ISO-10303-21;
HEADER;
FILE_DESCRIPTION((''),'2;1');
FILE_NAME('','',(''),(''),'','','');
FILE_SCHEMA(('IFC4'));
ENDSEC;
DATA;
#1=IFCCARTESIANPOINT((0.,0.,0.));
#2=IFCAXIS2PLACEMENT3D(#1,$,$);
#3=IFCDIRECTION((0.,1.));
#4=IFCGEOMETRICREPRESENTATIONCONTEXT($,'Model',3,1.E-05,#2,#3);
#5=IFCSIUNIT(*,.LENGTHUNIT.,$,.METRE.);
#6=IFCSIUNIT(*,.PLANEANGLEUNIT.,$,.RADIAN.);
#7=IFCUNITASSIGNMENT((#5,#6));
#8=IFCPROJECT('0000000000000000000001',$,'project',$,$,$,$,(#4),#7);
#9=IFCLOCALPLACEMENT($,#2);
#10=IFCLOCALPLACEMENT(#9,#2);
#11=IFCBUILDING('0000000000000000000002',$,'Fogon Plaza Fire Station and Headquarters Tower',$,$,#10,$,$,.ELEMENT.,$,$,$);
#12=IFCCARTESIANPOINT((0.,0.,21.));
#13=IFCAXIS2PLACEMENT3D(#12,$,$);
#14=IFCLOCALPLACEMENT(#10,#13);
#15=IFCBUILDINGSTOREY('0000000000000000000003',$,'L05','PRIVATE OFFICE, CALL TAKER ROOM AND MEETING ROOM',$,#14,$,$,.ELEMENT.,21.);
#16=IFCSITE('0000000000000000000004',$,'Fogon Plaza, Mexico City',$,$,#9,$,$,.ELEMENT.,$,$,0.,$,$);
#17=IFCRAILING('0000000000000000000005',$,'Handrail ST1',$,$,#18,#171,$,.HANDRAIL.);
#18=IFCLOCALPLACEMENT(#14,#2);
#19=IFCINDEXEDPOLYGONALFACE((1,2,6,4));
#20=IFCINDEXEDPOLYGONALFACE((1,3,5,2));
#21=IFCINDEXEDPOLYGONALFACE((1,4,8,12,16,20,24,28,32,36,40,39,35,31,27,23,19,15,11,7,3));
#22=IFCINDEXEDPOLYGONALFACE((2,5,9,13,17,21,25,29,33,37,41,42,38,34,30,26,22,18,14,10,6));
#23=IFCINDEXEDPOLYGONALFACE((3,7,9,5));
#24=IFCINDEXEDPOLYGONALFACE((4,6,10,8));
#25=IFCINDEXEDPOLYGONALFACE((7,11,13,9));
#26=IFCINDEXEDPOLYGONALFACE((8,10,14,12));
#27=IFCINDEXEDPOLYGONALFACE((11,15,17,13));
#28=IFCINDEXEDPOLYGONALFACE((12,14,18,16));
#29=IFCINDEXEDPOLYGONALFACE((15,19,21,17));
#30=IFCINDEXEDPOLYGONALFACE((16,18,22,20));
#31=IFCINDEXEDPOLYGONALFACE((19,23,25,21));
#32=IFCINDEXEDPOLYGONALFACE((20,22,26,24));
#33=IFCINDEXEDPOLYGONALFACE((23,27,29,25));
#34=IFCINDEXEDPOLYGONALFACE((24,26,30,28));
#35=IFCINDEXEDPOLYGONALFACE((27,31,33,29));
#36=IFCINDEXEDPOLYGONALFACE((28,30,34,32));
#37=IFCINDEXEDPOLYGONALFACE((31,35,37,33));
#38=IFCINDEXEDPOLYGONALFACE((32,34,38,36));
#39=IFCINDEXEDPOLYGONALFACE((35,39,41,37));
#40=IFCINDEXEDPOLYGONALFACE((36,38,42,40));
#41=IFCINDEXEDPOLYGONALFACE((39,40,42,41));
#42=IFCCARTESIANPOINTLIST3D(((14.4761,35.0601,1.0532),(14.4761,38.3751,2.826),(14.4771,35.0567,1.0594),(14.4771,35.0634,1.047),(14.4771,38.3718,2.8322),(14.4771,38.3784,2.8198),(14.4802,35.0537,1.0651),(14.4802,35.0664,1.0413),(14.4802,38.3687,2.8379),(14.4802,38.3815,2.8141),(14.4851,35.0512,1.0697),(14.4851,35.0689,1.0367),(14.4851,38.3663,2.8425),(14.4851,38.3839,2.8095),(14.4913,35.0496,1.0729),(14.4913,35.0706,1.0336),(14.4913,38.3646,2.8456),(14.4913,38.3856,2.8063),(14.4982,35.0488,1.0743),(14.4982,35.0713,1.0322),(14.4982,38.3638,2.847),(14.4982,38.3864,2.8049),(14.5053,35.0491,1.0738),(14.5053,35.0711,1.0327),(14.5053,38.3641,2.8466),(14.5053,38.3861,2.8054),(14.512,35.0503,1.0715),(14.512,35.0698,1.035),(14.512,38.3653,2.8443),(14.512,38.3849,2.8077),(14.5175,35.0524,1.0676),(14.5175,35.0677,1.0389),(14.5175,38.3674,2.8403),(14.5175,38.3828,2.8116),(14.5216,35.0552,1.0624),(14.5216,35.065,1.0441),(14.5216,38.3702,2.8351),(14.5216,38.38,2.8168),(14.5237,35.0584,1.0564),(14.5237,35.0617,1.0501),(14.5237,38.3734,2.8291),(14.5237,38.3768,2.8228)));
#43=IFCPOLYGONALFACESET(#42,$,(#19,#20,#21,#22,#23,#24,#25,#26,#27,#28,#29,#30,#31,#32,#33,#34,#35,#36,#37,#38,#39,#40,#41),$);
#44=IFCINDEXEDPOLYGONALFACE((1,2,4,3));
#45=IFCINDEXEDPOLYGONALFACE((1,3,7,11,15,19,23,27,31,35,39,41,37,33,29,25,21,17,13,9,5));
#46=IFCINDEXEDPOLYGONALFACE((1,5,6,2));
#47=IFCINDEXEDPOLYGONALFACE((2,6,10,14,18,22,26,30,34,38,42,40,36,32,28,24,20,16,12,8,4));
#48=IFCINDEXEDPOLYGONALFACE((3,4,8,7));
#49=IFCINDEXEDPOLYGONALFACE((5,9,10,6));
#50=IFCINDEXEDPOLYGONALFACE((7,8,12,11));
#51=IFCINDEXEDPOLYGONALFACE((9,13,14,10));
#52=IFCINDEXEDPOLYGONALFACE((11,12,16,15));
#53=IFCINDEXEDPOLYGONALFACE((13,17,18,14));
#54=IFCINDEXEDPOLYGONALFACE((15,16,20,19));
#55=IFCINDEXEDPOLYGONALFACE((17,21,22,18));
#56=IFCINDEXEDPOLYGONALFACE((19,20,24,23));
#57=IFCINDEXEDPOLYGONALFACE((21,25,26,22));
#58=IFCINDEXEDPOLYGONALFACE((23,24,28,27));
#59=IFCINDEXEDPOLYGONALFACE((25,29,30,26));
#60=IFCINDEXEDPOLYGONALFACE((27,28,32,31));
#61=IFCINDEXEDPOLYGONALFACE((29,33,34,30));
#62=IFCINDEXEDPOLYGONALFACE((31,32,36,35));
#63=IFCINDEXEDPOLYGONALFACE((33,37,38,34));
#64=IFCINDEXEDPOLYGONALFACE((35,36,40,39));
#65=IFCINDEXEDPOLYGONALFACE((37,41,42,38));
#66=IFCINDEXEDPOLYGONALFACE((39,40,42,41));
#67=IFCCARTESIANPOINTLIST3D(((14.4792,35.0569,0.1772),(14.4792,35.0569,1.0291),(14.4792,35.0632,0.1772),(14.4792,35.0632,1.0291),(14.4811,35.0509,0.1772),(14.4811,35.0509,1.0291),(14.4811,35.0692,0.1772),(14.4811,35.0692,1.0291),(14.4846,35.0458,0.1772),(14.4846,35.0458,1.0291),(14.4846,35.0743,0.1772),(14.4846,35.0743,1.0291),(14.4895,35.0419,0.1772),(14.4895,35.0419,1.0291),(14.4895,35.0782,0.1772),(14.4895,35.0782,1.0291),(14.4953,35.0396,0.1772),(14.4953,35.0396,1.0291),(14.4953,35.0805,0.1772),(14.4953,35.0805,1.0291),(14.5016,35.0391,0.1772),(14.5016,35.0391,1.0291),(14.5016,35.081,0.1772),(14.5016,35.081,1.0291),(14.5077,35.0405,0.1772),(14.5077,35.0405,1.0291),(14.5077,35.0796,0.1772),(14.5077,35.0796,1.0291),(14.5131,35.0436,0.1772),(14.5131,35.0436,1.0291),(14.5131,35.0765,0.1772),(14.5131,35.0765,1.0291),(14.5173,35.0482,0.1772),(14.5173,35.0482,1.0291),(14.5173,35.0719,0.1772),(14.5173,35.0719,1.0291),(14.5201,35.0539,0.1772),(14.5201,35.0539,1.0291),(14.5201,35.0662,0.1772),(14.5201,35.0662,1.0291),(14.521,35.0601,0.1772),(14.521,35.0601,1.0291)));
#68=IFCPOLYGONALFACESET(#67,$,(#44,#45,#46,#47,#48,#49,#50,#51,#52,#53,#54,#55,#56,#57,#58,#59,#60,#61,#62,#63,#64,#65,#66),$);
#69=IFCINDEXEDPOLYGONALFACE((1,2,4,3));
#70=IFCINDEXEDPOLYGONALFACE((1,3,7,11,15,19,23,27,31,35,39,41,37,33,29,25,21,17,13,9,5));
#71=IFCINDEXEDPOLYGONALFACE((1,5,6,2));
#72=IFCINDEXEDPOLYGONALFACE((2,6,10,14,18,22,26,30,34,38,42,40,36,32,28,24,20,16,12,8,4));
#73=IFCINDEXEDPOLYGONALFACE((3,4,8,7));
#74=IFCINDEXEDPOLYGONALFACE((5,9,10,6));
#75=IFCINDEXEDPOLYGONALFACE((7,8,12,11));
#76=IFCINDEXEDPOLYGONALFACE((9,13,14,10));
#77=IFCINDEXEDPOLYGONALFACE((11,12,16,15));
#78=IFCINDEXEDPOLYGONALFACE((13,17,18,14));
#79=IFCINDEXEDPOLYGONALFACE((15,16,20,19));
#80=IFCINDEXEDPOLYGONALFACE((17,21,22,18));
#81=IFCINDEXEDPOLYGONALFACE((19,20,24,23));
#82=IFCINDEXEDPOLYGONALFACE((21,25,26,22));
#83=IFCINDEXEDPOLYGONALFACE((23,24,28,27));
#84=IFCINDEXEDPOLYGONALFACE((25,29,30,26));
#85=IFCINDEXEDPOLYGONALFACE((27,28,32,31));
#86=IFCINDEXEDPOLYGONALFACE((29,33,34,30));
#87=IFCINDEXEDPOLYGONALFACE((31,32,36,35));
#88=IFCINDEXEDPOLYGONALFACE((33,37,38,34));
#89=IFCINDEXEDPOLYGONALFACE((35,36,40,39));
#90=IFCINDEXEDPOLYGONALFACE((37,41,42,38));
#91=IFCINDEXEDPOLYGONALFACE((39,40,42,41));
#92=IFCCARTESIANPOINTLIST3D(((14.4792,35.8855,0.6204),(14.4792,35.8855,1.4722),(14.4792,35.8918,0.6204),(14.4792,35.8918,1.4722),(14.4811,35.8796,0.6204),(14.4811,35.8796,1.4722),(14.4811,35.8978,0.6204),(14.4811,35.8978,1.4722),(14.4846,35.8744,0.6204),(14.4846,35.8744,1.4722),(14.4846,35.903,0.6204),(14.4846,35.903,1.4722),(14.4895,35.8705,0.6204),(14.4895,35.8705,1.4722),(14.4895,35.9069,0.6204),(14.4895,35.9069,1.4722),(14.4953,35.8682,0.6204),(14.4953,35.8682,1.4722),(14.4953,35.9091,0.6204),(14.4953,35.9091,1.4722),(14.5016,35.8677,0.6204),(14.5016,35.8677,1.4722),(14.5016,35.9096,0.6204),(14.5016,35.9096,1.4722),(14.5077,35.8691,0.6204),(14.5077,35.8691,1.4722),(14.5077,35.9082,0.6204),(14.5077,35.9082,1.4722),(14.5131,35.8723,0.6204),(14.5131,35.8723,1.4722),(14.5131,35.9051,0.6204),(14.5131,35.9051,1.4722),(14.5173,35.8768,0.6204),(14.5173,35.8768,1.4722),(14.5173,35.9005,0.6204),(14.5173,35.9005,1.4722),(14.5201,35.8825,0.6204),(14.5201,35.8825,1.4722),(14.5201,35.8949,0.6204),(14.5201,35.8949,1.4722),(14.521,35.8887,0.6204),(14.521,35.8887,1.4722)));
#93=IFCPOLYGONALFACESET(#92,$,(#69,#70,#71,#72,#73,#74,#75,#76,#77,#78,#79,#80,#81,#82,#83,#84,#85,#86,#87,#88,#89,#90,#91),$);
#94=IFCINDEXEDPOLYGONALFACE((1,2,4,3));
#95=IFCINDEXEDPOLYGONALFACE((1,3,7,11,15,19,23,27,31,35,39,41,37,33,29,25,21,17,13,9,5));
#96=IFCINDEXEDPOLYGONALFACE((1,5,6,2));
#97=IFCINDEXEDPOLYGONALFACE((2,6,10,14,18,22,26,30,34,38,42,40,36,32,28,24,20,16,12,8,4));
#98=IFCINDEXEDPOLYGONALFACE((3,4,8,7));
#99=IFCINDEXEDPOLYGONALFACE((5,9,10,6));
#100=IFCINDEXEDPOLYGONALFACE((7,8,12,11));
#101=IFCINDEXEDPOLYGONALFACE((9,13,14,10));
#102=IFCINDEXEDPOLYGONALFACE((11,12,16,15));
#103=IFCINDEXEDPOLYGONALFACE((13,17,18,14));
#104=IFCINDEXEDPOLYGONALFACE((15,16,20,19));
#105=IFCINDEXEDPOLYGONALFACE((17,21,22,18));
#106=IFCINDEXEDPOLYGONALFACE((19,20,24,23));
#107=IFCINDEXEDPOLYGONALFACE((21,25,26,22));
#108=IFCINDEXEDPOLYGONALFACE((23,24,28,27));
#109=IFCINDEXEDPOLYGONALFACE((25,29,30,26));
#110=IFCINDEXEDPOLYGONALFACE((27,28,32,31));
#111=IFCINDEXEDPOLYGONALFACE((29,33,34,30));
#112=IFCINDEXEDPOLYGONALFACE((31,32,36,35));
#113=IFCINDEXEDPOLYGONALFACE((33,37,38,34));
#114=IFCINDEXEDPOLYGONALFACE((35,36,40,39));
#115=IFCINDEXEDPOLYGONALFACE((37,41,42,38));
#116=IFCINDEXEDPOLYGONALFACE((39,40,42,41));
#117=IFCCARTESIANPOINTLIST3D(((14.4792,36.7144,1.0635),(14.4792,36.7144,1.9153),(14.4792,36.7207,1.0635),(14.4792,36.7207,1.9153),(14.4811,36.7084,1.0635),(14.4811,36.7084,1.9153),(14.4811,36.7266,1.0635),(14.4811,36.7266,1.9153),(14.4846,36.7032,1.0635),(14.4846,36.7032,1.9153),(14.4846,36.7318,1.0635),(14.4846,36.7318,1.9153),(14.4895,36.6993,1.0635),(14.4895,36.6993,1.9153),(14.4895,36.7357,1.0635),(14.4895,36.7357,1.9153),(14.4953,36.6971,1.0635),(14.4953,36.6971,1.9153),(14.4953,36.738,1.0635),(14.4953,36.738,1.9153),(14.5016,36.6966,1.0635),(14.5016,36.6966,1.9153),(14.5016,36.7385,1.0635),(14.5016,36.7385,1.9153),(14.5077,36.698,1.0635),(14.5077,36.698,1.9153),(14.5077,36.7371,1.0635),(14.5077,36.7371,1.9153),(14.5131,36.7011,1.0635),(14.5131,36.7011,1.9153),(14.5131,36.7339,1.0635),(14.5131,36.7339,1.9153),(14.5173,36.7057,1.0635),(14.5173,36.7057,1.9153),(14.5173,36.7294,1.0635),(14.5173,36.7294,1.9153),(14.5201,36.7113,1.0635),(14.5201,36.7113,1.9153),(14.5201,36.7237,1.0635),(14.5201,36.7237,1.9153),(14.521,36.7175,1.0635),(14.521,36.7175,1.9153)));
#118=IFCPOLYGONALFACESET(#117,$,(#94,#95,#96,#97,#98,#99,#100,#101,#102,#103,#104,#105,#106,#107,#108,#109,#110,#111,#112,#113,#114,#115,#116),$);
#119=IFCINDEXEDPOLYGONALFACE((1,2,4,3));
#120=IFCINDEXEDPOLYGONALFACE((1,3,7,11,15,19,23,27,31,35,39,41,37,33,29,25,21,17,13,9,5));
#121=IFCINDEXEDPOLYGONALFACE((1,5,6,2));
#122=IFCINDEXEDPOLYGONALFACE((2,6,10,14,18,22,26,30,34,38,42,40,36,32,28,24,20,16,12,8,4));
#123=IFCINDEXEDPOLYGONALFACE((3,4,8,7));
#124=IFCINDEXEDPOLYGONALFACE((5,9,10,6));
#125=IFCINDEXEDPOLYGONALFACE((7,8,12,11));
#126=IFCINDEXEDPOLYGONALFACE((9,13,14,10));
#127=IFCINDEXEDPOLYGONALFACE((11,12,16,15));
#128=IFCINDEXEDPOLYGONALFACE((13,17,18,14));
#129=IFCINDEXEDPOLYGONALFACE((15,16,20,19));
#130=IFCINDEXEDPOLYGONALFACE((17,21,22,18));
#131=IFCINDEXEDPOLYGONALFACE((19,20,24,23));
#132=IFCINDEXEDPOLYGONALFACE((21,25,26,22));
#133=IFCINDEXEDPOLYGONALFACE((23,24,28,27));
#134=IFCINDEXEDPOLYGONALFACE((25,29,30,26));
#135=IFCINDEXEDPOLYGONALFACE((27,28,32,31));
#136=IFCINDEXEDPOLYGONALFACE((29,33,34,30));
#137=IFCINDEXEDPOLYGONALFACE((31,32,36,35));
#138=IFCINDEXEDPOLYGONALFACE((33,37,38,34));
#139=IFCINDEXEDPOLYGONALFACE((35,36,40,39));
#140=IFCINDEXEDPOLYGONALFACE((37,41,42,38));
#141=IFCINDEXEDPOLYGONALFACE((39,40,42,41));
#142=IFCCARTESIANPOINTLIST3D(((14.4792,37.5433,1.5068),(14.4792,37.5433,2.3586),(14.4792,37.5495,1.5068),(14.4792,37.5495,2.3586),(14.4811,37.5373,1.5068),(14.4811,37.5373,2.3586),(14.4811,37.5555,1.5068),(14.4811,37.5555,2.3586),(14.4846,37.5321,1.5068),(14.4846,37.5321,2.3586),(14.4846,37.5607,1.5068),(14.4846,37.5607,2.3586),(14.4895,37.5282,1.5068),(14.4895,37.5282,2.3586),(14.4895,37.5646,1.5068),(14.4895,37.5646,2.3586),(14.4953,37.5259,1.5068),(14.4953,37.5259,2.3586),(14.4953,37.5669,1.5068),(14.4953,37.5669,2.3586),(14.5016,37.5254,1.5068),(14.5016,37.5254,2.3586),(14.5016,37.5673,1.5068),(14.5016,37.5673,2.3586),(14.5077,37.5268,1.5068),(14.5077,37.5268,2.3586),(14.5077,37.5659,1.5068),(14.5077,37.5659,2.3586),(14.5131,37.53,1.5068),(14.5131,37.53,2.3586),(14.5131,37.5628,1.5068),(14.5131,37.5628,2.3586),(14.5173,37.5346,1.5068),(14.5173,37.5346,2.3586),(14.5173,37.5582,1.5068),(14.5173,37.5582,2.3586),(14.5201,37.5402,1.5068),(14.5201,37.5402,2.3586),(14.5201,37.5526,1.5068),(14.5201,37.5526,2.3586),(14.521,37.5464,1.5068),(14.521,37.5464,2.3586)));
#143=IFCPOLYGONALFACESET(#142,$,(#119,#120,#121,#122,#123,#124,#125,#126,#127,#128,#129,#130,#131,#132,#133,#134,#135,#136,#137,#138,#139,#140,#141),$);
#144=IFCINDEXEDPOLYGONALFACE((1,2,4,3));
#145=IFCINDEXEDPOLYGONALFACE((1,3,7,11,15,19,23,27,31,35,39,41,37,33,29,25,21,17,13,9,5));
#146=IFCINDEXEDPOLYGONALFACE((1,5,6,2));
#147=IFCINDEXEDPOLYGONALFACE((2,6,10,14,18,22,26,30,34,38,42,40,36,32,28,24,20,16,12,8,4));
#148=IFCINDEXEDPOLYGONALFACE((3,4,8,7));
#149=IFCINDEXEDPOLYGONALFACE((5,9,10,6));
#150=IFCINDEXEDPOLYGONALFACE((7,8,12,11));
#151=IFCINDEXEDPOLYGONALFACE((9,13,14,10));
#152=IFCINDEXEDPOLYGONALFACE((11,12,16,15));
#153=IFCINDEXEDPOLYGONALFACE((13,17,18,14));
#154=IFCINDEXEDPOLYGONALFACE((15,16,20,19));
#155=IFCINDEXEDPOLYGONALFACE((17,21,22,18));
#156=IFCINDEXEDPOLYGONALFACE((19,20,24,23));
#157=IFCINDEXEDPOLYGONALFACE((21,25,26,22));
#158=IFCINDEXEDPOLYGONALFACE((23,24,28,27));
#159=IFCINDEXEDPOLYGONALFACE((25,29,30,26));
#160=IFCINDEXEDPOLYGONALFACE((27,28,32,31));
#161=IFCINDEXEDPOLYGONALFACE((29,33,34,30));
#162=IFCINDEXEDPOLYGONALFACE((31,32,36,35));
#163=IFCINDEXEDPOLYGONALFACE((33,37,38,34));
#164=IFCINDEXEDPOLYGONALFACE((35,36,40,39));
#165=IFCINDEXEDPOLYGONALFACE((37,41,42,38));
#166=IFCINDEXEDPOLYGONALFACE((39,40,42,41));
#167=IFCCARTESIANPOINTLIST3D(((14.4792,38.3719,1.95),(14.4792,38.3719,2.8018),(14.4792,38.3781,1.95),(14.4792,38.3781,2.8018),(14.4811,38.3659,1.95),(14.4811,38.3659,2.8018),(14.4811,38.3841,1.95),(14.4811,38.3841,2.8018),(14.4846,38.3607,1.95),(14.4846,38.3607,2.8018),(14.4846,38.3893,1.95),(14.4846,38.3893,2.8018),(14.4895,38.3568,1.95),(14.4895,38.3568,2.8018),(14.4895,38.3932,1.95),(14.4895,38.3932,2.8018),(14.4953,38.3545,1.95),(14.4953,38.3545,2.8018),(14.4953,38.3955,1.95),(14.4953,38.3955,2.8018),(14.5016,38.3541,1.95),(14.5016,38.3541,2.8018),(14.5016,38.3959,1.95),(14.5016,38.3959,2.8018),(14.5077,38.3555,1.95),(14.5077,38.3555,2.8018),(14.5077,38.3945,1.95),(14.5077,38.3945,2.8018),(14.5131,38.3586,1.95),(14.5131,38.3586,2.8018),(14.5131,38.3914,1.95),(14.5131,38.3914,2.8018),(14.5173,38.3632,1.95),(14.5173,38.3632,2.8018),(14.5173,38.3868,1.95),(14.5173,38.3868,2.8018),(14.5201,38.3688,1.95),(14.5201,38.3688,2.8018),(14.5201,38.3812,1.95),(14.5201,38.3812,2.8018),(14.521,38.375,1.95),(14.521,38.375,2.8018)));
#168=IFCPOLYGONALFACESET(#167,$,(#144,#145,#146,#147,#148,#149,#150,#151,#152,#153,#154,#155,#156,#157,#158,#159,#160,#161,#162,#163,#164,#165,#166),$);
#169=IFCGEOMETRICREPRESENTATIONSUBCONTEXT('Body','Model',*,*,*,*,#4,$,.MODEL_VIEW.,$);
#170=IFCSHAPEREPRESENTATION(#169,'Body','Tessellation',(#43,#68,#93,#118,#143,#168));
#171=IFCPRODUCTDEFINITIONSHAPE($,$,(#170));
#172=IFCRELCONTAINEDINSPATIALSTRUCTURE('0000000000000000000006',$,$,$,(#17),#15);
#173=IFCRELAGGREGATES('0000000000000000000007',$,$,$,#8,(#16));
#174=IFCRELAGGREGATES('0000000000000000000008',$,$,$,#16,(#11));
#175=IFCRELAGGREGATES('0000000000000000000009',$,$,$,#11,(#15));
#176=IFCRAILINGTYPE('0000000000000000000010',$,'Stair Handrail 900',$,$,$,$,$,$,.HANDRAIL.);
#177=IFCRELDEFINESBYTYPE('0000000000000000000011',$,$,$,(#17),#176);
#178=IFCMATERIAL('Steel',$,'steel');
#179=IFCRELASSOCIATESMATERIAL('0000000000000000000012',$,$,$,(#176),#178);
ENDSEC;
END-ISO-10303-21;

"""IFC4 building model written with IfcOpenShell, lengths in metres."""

from ifc_helpers import new_model, si_unit, direction, frame, origin, origin_2d, place, context, subcontext, project, spatial, circle, extrude, material, type_object, element, save


model = new_model("IFC4")

# Units and contexts
model_context = context("Model", 3, precision=1e-05, world=origin(), true_north=direction((0.0, 1.0)))
body_context = subcontext(model_context, "Body", "Model", "MODEL_VIEW")
ifc_project = project(units=[si_unit("LENGTHUNIT", "METRE"), si_unit("PLANEANGLEUNIT", "RADIAN")], contexts=[model_context])

# Site, building, storey
site_placement = place(None, origin())
site = spatial("IfcSite", under=ifc_project, at=site_placement, Name="Fogon Plaza, Mexico City", CompositionType="ELEMENT", RefElevation=0.0)
building_placement = place(site_placement, origin())
building = spatial("IfcBuilding", under=site, at=building_placement, Name="Fogon Plaza Fire Station and Headquarters Tower", CompositionType="ELEMENT")
storey_placement = place(building_placement, frame((0.0, 0.0, 21.0)))
storey = spatial("IfcBuildingStorey", under=building, at=storey_placement, Name="L05", Description="PRIVATE OFFICE, CALL TAKER ROOM AND MEETING ROOM", CompositionType="ELEMENT", Elevation=21.0)

# Railing
ifc_material_1 = material(Name="Steel", Category="steel")
railing_type = type_object("IfcRailingType", Name="Stair Handrail 900", PredefinedType="HANDRAIL", material=ifc_material_1)
for number, where, name in (
    (1, (14.5, 35.0601, 0.1772), "Handrail ST1"),
):
    element("IfcRailing", number, at=place(storey_placement, frame(where)), inside=storey, type_object=railing_type, Name=name, PredefinedType="HANDRAIL", context=body_context, shape_type="SweptSolid", body=[
        extrude(circle(Radius=0.0239, at=origin_2d()), frame((0.0, 0.0, 0.876), z_axis=(0.0, 0.881829, 0.471569), x_axis=(-1.0, 0.0, 0.0)), (0.0, 0.0, 1.0), 3.7593),
        extrude(circle(Radius=0.021, at=origin_2d()), origin(), (0.0, 0.0, 1.0), 0.8518),
        extrude(circle(Radius=0.021, at=origin_2d()), frame((0.0, 0.8286, 0.4431)), (0.0, 0.0, 1.0), 0.8518),
        extrude(circle(Radius=0.021, at=origin_2d()), frame((0.0, 1.6575, 0.8862)), (0.0, 0.0, 1.0), 0.8518),
        extrude(circle(Radius=0.021, at=origin_2d()), frame((0.0, 2.4863, 1.3296)), (0.0, 0.0, 1.0), 0.8518),
        extrude(circle(Radius=0.021, at=origin_2d()), frame((0.0, 3.3149, 1.7727)), (0.0, 0.0, 1.0), 0.8518),
    ])

save(model, "model.ifc")
